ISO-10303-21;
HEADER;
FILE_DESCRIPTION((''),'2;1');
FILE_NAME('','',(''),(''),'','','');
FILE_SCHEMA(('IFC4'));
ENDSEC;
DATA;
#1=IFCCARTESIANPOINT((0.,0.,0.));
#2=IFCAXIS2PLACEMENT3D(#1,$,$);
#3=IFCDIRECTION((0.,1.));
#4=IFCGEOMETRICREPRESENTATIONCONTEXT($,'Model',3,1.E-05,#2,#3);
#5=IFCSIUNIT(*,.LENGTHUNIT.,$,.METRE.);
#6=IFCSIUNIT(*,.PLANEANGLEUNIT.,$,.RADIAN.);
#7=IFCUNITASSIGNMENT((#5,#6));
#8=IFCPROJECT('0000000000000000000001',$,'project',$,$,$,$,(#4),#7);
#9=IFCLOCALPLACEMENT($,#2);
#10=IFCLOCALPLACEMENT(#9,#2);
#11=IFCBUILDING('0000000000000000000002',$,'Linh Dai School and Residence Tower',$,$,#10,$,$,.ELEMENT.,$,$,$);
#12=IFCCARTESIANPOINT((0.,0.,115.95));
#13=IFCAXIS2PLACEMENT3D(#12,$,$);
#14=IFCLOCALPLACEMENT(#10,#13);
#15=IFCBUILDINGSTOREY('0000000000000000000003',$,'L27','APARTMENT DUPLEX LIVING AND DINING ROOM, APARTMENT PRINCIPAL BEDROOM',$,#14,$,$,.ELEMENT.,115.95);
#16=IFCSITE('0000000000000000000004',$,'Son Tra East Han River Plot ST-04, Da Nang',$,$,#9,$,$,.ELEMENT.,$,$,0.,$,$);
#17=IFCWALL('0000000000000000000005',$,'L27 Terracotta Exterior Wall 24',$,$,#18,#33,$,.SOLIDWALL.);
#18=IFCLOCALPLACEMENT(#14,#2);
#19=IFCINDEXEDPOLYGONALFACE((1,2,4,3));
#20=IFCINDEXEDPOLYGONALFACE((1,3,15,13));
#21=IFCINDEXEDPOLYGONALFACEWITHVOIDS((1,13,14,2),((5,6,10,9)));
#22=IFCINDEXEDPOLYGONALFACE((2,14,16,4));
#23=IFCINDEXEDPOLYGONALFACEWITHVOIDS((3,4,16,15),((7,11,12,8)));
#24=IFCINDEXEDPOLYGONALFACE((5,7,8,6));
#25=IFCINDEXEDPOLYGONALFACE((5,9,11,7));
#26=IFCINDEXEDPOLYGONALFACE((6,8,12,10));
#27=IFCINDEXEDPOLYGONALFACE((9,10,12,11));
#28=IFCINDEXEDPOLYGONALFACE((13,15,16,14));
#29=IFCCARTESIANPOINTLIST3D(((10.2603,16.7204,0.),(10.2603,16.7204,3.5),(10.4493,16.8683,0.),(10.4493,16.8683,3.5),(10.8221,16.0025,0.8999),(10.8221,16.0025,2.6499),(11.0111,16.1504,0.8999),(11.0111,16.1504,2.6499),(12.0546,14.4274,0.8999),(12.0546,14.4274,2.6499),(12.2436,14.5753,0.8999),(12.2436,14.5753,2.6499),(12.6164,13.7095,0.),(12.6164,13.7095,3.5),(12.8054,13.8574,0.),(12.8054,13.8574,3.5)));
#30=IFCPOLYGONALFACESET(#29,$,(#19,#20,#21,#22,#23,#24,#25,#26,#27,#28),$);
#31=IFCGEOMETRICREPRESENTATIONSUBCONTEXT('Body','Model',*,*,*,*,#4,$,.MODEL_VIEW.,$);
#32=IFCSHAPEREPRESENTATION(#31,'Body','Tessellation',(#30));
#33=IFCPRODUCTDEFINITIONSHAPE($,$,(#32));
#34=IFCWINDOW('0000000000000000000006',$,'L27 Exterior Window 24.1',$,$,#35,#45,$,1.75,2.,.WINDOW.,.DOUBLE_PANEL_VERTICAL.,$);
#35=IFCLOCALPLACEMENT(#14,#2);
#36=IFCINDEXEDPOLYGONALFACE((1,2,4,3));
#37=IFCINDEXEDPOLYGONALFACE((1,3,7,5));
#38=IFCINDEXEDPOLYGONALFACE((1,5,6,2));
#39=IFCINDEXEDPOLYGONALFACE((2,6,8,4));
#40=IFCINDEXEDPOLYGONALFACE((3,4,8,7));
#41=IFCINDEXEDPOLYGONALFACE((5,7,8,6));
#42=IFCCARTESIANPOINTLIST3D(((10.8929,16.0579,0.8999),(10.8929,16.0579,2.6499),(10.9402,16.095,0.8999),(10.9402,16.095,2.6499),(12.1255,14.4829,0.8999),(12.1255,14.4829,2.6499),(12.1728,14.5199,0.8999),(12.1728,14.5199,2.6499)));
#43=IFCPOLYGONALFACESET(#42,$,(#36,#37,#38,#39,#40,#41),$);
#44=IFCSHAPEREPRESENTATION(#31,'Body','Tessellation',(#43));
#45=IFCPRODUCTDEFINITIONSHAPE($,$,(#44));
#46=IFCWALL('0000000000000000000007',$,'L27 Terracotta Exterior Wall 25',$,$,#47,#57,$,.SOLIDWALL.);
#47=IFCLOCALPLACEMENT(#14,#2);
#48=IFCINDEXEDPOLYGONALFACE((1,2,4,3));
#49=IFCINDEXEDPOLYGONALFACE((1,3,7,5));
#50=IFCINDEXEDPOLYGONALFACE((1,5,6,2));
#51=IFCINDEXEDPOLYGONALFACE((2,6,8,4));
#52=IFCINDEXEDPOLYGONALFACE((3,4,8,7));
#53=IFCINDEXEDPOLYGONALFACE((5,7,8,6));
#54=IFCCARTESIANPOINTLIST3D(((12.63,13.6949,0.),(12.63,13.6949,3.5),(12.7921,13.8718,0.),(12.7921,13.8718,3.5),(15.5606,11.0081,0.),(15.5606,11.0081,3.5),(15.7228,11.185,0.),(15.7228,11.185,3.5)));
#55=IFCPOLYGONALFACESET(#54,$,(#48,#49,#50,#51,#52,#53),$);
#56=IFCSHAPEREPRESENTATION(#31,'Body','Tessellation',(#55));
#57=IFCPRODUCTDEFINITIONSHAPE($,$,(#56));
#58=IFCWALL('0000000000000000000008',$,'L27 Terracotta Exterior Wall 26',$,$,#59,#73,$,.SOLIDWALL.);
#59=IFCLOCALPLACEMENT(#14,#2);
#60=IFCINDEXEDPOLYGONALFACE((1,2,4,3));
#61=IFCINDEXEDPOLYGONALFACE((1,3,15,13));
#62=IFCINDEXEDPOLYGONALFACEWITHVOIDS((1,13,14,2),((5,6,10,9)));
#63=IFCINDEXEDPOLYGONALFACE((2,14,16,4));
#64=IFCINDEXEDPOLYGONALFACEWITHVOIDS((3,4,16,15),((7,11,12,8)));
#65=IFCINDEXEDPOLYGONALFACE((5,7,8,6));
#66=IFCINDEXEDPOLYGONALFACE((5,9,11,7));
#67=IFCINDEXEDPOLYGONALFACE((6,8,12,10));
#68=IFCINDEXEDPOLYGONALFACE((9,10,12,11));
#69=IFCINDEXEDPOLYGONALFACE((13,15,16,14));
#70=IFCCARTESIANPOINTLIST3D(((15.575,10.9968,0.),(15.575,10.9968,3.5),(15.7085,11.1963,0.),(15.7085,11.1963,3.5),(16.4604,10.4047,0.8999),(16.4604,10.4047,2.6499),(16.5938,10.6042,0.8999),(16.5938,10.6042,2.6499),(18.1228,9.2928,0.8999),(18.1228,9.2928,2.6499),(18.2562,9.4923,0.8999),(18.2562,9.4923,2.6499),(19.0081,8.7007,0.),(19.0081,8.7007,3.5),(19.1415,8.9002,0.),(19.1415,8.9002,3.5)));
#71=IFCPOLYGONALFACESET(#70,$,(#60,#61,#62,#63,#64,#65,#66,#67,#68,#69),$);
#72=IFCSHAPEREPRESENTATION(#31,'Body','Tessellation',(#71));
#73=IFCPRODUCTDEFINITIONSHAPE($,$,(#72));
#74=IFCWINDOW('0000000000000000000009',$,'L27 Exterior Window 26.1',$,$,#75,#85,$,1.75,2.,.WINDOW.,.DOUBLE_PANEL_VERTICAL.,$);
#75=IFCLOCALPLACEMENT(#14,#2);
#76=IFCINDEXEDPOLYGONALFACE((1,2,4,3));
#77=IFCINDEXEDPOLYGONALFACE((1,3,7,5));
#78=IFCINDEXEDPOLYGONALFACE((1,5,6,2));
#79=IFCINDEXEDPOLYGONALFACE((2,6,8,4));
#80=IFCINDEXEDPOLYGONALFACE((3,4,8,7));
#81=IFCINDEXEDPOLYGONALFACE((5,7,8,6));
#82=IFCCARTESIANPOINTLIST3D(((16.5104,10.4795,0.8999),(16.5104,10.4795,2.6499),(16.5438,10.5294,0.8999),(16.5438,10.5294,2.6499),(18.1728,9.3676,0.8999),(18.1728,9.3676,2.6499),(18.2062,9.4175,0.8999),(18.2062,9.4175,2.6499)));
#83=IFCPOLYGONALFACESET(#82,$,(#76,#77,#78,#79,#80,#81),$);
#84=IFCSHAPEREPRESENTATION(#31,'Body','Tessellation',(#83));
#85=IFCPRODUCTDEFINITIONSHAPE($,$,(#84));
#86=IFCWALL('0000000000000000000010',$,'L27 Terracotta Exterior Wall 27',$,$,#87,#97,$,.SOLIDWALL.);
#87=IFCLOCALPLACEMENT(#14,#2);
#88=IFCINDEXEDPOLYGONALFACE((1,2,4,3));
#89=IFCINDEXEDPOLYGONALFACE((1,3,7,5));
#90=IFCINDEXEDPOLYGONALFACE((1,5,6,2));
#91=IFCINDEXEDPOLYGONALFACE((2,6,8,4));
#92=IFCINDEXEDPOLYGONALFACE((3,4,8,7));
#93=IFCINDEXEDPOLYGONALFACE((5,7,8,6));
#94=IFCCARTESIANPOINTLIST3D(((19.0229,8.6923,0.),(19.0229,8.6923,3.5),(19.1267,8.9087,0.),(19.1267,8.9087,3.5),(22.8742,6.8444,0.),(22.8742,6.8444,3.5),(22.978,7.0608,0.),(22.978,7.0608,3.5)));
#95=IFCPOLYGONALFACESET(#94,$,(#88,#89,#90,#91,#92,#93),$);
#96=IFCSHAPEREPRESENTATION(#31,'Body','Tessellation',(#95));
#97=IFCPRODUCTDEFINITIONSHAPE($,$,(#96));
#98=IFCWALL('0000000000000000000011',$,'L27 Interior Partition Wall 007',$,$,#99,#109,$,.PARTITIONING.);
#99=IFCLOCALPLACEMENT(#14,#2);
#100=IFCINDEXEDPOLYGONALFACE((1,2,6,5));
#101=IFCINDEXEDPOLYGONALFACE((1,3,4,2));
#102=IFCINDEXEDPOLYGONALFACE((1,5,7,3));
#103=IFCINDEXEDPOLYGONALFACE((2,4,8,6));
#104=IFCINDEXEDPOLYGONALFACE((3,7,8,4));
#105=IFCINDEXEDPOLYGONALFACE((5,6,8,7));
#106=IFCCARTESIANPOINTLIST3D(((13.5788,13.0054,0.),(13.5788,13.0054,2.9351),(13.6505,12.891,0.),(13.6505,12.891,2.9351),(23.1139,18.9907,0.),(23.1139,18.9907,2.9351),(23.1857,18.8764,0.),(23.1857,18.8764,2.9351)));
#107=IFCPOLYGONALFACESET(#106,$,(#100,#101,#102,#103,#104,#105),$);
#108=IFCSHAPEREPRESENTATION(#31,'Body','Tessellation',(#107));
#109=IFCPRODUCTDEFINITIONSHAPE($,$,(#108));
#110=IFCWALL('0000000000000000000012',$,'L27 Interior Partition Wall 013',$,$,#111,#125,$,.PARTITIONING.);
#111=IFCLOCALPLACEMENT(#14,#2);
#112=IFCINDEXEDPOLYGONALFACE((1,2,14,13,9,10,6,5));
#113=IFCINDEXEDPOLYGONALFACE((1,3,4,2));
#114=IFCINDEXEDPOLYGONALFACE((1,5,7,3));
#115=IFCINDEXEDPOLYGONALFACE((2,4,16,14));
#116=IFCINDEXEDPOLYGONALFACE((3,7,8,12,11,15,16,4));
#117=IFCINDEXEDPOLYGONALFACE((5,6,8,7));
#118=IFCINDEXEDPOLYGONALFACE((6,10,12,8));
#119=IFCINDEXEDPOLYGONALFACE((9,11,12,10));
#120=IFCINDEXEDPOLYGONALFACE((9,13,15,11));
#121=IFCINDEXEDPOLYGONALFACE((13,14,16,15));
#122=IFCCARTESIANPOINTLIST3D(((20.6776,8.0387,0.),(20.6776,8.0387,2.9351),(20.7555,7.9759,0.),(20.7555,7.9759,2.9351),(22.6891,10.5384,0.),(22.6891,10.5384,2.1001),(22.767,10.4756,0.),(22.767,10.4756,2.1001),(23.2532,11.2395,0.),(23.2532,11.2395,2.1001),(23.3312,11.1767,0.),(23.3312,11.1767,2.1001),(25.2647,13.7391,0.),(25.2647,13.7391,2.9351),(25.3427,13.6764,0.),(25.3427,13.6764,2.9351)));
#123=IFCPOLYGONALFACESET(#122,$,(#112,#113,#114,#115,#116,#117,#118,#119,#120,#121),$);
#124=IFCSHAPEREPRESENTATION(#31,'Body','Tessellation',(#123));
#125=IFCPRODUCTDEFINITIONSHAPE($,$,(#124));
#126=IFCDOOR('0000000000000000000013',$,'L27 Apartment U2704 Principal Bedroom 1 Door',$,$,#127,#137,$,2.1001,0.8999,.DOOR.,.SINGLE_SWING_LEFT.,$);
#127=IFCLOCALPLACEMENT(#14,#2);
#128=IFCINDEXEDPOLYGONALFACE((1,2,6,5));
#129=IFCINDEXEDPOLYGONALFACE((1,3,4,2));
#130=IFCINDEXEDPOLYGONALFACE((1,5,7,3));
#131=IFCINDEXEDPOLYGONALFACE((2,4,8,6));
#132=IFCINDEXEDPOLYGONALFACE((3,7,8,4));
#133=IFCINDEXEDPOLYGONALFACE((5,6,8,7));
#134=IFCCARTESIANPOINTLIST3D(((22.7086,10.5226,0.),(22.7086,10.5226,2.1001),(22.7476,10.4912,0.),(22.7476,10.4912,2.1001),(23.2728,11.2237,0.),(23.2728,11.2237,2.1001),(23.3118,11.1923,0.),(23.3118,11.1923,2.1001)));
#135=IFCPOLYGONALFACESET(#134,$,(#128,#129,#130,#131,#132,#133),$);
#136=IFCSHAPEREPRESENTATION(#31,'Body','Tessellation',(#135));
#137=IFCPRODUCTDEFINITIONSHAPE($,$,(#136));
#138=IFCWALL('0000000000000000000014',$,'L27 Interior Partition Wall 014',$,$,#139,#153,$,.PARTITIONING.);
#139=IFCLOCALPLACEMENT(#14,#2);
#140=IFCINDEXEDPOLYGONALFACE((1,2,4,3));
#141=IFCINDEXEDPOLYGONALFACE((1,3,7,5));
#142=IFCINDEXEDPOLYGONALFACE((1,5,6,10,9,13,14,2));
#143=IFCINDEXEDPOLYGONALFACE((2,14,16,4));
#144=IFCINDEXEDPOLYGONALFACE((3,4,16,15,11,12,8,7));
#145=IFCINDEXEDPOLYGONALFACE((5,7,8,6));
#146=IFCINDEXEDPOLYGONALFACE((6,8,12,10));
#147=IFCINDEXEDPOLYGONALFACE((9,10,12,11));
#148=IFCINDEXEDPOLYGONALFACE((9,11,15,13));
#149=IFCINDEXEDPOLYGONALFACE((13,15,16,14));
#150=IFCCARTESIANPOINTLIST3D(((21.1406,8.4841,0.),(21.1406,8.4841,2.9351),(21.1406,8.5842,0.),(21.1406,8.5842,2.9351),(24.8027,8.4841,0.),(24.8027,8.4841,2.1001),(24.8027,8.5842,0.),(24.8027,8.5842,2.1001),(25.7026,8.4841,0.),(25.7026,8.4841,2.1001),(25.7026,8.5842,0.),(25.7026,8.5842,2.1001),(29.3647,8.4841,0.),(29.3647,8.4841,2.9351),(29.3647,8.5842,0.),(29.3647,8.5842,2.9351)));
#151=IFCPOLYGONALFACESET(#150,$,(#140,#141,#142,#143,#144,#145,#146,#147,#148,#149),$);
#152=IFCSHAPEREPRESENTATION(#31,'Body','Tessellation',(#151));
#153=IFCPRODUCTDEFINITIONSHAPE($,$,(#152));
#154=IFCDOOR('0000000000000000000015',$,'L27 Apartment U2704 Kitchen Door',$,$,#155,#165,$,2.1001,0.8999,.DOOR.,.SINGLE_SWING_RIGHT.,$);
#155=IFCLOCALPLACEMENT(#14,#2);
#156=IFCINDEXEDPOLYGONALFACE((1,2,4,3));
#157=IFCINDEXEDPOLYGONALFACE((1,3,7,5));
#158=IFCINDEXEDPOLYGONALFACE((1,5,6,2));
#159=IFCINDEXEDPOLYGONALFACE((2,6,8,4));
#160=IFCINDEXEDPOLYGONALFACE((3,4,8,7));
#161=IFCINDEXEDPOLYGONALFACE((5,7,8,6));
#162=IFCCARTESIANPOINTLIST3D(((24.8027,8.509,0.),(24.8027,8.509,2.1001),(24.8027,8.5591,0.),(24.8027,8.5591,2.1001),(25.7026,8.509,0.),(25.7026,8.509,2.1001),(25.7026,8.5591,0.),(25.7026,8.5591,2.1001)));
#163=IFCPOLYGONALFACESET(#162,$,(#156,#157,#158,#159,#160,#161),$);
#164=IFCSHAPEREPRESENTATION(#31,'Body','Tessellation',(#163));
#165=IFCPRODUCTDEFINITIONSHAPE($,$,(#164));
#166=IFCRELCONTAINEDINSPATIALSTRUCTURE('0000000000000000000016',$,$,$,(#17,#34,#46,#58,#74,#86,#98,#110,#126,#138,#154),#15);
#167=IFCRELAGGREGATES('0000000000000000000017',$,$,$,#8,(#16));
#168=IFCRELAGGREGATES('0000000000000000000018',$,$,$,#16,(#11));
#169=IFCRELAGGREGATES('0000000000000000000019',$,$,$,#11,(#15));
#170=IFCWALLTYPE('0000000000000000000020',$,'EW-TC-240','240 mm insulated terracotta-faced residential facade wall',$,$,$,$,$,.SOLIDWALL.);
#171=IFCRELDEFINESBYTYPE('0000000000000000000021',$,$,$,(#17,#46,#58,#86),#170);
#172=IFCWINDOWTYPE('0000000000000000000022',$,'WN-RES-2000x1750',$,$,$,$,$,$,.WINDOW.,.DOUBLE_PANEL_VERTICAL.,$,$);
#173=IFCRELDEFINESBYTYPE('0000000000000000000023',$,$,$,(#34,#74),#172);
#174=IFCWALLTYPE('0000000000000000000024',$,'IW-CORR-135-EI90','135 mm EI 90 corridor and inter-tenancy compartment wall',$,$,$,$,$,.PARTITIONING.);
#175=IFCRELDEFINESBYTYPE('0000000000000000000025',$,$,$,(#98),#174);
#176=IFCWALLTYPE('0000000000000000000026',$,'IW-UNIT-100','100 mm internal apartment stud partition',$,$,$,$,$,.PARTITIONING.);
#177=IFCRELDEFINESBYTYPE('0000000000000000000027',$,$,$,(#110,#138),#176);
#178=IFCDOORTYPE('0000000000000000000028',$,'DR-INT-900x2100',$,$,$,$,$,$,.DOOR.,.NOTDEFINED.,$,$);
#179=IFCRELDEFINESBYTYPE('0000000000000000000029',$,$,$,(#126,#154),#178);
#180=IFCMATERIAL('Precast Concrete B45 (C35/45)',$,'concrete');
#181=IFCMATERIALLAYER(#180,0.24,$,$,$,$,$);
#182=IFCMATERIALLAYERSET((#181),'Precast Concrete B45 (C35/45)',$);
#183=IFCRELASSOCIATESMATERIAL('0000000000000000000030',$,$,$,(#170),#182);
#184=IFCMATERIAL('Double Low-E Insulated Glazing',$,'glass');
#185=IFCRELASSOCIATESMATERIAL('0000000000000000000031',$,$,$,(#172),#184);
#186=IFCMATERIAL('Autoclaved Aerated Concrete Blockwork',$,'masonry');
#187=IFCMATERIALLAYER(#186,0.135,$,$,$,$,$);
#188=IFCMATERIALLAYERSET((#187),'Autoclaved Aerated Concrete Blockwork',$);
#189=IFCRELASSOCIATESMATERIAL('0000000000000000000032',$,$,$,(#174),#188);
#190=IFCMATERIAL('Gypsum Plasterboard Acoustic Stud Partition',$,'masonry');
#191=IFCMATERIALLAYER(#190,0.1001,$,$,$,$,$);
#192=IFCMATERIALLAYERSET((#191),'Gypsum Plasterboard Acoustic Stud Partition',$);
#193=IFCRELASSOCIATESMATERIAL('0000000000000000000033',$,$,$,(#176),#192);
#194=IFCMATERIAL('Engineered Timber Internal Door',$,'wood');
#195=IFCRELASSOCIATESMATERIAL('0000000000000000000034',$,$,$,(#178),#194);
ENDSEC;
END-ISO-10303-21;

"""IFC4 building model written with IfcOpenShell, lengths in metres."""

from ifc_helpers import new_model, si_unit, direction, frame, frame_2d, origin, origin_2d, place, context, subcontext, project, spatial, rectangle, extrude, source, transform, mapped, material, layer, layer_set, type_object, element, fill, save


model = new_model("IFC4")

# Units and contexts
model_context = context("Model", 3, precision=1e-05, world=origin(), true_north=direction((0.0, 1.0)))
body_context = subcontext(model_context, "Body", "Model", "MODEL_VIEW")
ifc_project = project(units=[si_unit("LENGTHUNIT", "METRE"), si_unit("PLANEANGLEUNIT", "RADIAN")], contexts=[model_context])

# Site, building, storey
site_placement = place(None, origin())
site = spatial("IfcSite", under=ifc_project, at=site_placement, Name="Son Tra East Han River Plot ST-04, Da Nang", CompositionType="ELEMENT", RefElevation=0.0)
building_placement = place(site_placement, origin())
building = spatial("IfcBuilding", under=site, at=building_placement, Name="Linh Dai School and Residence Tower", CompositionType="ELEMENT")
storey_placement = place(building_placement, frame((0.0, 0.0, 115.95)))
storey = spatial("IfcBuildingStorey", under=building, at=storey_placement, Name="L27", Description="APARTMENT DUPLEX LIVING AND DINING ROOM, APARTMENT PRINCIPAL BEDROOM", CompositionType="ELEMENT", Elevation=115.95)

# Shared definitions
ifc_material_1 = material(Name="Precast Concrete B45 (C35/45)", Category="concrete")

# Wall, opening, window
ifc_layer_1 = layer(ifc_material_1, 0.24)
ifc_layer_set_1 = layer_set([ifc_layer_1], Name="Precast Concrete B45 (C35/45)")
wall_type_1 = type_object("IfcWallType", Name="EW-TC-240", Description="240 mm insulated terracotta-faced residential facade wall", PredefinedType="SOLIDWALL", material=ifc_layer_set_1)
wall_1_placement = place(storey_placement, frame((12.7109, 13.7834, 0.0), z_axis=(0.0, 0.0, 1.0), x_axis=(-0.616272, 0.787533, 0.0)))
wall_1 = element("IfcWall", 1, at=wall_1_placement, inside=storey, type_object=wall_type_1, Name="L27 Terracotta Exterior Wall 24", PredefinedType="SOLIDWALL", context=body_context, shape_type="SweptSolid", body=[
    extrude(rectangle(XDim=3.8232, YDim=0.24, at=frame_2d((1.9116, 0.0))), origin(), (0.0, 0.0, 1.0), 3.5),
])
opening_1_placement = place(wall_1_placement, frame((0.9116, 0.0, 0.8999)))
opening_1 = element("IfcOpeningElement", 2, at=opening_1_placement, cuts=wall_1, PredefinedType="OPENING", context=body_context, shape_type="SweptSolid", body=[
    extrude(rectangle(XDim=2.0, YDim=1.75, at=origin_2d()), frame((1.0, 0.1299, 0.875), z_axis=(0.0, -1.0, 0.0), x_axis=(1.0, 0.0, 0.0)), (0.0, 0.0, 1.0), 0.26),
])
ifc_material_2 = material(Name="Double Low-E Insulated Glazing", Category="glass")
window_type = type_object("IfcWindowType", Name="WN-RES-2000x1750", PartitioningType="DOUBLE_PANEL_VERTICAL", PredefinedType="WINDOW", material=ifc_material_2)
shared_shape_1 = source(origin(), body_context, "Body", "SweptSolid", [
    extrude(rectangle(XDim=2.0, YDim=1.75, at=origin_2d()), frame((1.0, 0.03, 0.875), z_axis=(0.0, -1.0, 0.0), x_axis=(1.0, 0.0, 0.0)), (0.0, 0.0, 1.0), 0.0601),
])
window_1_placement = place(opening_1_placement, origin())
window_1 = element("IfcWindow", 3, at=window_1_placement, inside=storey, type_object=window_type, Name="L27 Exterior Window 24.1", OverallHeight=1.75, OverallWidth=2.0, PartitioningType="DOUBLE_PANEL_VERTICAL", PredefinedType="WINDOW", context=body_context, shape_type="MappedRepresentation", body=[
    mapped(shared_shape_1, transform((0.0, 0.0, 0.0), x_axis=(1.0, 0.0, 0.0), y_axis=(0.0, 1.0, 0.0), z_axis=(0.0, 0.0, 1.0), scale=1.0)),
])
fill(opening_1, window_1)

# Wall
wall_2_placement = place(storey_placement, frame((15.6416, 11.0967, 0.0), z_axis=(0.0, 0.0, 1.0), x_axis=(-0.737113, 0.675769, 0.0)))
element("IfcWall", 4, at=wall_2_placement, inside=storey, type_object=wall_type_1, Name="L27 Terracotta Exterior Wall 25", PredefinedType="SOLIDWALL", context=body_context, shape_type="SweptSolid", body=[
    extrude(rectangle(XDim=3.9758, YDim=0.24, at=frame_2d((1.9878, 0.0))), origin(), (0.0, 0.0, 1.0), 3.5),
])

# Wall, opening, window
wall_3_placement = place(storey_placement, frame((19.0747, 8.8005, 0.0), z_axis=(0.0, 0.0, 1.0), x_axis=(-0.831222, 0.555941, 0.0)))
wall_3 = element("IfcWall", 5, at=wall_3_placement, inside=storey, type_object=wall_type_1, Name="L27 Terracotta Exterior Wall 26", PredefinedType="SOLIDWALL", context=body_context, shape_type="SweptSolid", body=[
    extrude(rectangle(XDim=4.1301, YDim=0.24, at=frame_2d((2.0649, 0.0))), origin(), (0.0, 0.0, 1.0), 3.5),
])
opening_2_placement = place(wall_3_placement, frame((1.0649, 0.0, 0.8999)))
opening_2 = element("IfcOpeningElement", 6, at=opening_2_placement, cuts=wall_3, PredefinedType="OPENING", context=body_context, shape_type="SweptSolid", body=[
    extrude(rectangle(XDim=2.0, YDim=1.75, at=origin_2d()), frame((1.0, 0.1299, 0.875), z_axis=(0.0, -1.0, 0.0), x_axis=(1.0, 0.0, 0.0)), (0.0, 0.0, 1.0), 0.26),
])
window_2_placement = place(opening_2_placement, origin())
window_2 = element("IfcWindow", 7, at=window_2_placement, inside=storey, type_object=window_type, Name="L27 Exterior Window 26.1", OverallHeight=1.75, OverallWidth=2.0, PartitioningType="DOUBLE_PANEL_VERTICAL", PredefinedType="WINDOW", context=body_context, shape_type="MappedRepresentation", body=[
    mapped(shared_shape_1, transform((0.0, 0.0, 0.0), x_axis=(1.0, 0.0, 0.0), y_axis=(0.0, 1.0, 0.0), z_axis=(0.0, 0.0, 1.0), scale=1.0)),
])
fill(opening_2, window_2)

# Walls
wall_4_placement = place(storey_placement, frame((22.926, 6.9526, 0.0), z_axis=(0.0, 0.0, 1.0), x_axis=(-0.90159, 0.432592, 0.0)))
element("IfcWall", 8, at=wall_4_placement, inside=storey, type_object=wall_type_1, Name="L27 Terracotta Exterior Wall 27", PredefinedType="SOLIDWALL", context=body_context, shape_type="SweptSolid", body=[
    extrude(rectangle(XDim=4.2717, YDim=0.24, at=frame_2d((2.1357, 0.0))), origin(), (0.0, 0.0, 1.0), 3.5),
])
ifc_material_3 = material(Name="Autoclaved Aerated Concrete Blockwork", Category="masonry")
ifc_layer_2 = layer(ifc_material_3, 0.135)
ifc_layer_set_2 = layer_set([ifc_layer_2], Name="Autoclaved Aerated Concrete Blockwork")
wall_type_2 = type_object("IfcWallType", Name="IW-CORR-135-EI90", Description="135 mm EI 90 corridor and inter-tenancy compartment wall", PredefinedType="PARTITIONING", material=ifc_layer_set_2)
wall_5_placement = place(storey_placement, frame((13.6147, 12.9482, 0.0), z_axis=(0.0, 0.0, 1.0), x_axis=(0.846964, 0.531651, 0.0)))
element("IfcWall", 9, at=wall_5_placement, inside=storey, type_object=wall_type_2, Name="L27 Interior Partition Wall 007", PredefinedType="PARTITIONING", context=body_context, shape_type="SweptSolid", body=[
    extrude(rectangle(XDim=11.2581, YDim=0.135, at=frame_2d((5.6289, 0.0))), origin(), (0.0, 0.0, 1.0), 2.9351),
])

# Walls, openings, doors
ifc_material_4 = material(Name="Gypsum Plasterboard Acoustic Stud Partition", Category="masonry")
ifc_layer_3 = layer(ifc_material_4, 0.1001)
ifc_layer_set_3 = layer_set([ifc_layer_3], Name="Gypsum Plasterboard Acoustic Stud Partition")
wall_type_3 = type_object("IfcWallType", Name="IW-UNIT-100", Description="100 mm internal apartment stud partition", PredefinedType="PARTITIONING", material=ifc_layer_set_3)
wall_6_placement = place(storey_placement, frame((20.7166, 8.0073, 0.0), z_axis=(0.0, 0.0, 1.0), x_axis=(0.626926, 0.779078, 0.0)))
wall_6 = element("IfcWall", 10, at=wall_6_placement, inside=storey, type_object=wall_type_3, Name="L27 Interior Partition Wall 013", PredefinedType="PARTITIONING", context=body_context, shape_type="SweptSolid", body=[
    extrude(rectangle(XDim=7.3169, YDim=0.1001, at=frame_2d((3.6584, 0.0))), origin(), (0.0, 0.0, 1.0), 2.9351),
])
opening_3_placement = place(wall_6_placement, frame((3.2085, 0.0, 0.0)))
opening_3 = element("IfcOpeningElement", 11, at=opening_3_placement, cuts=wall_6, PredefinedType="OPENING", context=body_context, shape_type="SweptSolid", body=[
    extrude(rectangle(XDim=0.8999, YDim=2.1001, at=origin_2d()), frame((0.45, 0.0601, 1.05), z_axis=(0.0, -1.0, 0.0), x_axis=(1.0, 0.0, 0.0)), (0.0, 0.0, 1.0), 0.1201),
])
ifc_material_5 = material(Name="Engineered Timber Internal Door", Category="wood")
door_type_1 = type_object("IfcDoorType", Name="DR-INT-900x2100", OperationType="NOTDEFINED", PredefinedType="DOOR", material=ifc_material_5)
shared_shape_2 = source(origin(), body_context, "Body", "SweptSolid", [
    extrude(rectangle(XDim=0.8999, YDim=2.1001, at=origin_2d()), frame((0.45, 0.0249, 1.05), z_axis=(0.0, -1.0, 0.0), x_axis=(1.0, 0.0, 0.0)), (0.0, 0.0, 1.0), 0.05),
])
door_1_placement = place(opening_3_placement, origin())
door_1 = element("IfcDoor", 12, at=door_1_placement, inside=storey, type_object=door_type_1, Name="L27 Apartment U2704 Principal Bedroom 1 Door", OperationType="SINGLE_SWING_LEFT", OverallHeight=2.1001, OverallWidth=0.8999, PredefinedType="DOOR", context=body_context, shape_type="MappedRepresentation", body=[
    mapped(shared_shape_2, transform((0.0, 0.0, 0.0), x_axis=(1.0, 0.0, 0.0), y_axis=(0.0, 1.0, 0.0), z_axis=(0.0, 0.0, 1.0), scale=1.0)),
])
fill(opening_3, door_1)
wall_7_placement = place(storey_placement, frame((21.1406, 8.5342, 0.0), z_axis=(0.0, 0.0, 1.0), x_axis=(1.0, 0.0, 0.0)))
wall_7 = element("IfcWall", 13, at=wall_7_placement, inside=storey, type_object=wall_type_3, Name="L27 Interior Partition Wall 014", PredefinedType="PARTITIONING", context=body_context, shape_type="SweptSolid", body=[
    extrude(rectangle(XDim=8.2241, YDim=0.1001, at=frame_2d((4.1121, 0.0))), origin(), (0.0, 0.0, 1.0), 2.9351),
])
opening_4_placement = place(wall_7_placement, frame((3.6621, 0.0, 0.0)))
opening_4 = element("IfcOpeningElement", 14, at=opening_4_placement, cuts=wall_7, PredefinedType="OPENING", context=body_context, shape_type="SweptSolid", body=[
    extrude(rectangle(XDim=0.8999, YDim=2.1001, at=origin_2d()), frame((0.45, 0.0601, 1.05), z_axis=(0.0, -1.0, 0.0), x_axis=(1.0, 0.0, 0.0)), (0.0, 0.0, 1.0), 0.1201),
])
door_2_placement = place(opening_4_placement, origin())
door_2 = element("IfcDoor", 15, at=door_2_placement, inside=storey, type_object=door_type_1, Name="L27 Apartment U2704 Kitchen Door", OperationType="SINGLE_SWING_RIGHT", OverallHeight=2.1001, OverallWidth=0.8999, PredefinedType="DOOR", context=body_context, shape_type="MappedRepresentation", body=[
    mapped(shared_shape_2, transform((0.0, 0.0, 0.0), x_axis=(1.0, 0.0, 0.0), y_axis=(0.0, 1.0, 0.0), z_axis=(0.0, 0.0, 1.0), scale=1.0)),
])
fill(opening_4, door_2)

save(model, "model.ifc")
